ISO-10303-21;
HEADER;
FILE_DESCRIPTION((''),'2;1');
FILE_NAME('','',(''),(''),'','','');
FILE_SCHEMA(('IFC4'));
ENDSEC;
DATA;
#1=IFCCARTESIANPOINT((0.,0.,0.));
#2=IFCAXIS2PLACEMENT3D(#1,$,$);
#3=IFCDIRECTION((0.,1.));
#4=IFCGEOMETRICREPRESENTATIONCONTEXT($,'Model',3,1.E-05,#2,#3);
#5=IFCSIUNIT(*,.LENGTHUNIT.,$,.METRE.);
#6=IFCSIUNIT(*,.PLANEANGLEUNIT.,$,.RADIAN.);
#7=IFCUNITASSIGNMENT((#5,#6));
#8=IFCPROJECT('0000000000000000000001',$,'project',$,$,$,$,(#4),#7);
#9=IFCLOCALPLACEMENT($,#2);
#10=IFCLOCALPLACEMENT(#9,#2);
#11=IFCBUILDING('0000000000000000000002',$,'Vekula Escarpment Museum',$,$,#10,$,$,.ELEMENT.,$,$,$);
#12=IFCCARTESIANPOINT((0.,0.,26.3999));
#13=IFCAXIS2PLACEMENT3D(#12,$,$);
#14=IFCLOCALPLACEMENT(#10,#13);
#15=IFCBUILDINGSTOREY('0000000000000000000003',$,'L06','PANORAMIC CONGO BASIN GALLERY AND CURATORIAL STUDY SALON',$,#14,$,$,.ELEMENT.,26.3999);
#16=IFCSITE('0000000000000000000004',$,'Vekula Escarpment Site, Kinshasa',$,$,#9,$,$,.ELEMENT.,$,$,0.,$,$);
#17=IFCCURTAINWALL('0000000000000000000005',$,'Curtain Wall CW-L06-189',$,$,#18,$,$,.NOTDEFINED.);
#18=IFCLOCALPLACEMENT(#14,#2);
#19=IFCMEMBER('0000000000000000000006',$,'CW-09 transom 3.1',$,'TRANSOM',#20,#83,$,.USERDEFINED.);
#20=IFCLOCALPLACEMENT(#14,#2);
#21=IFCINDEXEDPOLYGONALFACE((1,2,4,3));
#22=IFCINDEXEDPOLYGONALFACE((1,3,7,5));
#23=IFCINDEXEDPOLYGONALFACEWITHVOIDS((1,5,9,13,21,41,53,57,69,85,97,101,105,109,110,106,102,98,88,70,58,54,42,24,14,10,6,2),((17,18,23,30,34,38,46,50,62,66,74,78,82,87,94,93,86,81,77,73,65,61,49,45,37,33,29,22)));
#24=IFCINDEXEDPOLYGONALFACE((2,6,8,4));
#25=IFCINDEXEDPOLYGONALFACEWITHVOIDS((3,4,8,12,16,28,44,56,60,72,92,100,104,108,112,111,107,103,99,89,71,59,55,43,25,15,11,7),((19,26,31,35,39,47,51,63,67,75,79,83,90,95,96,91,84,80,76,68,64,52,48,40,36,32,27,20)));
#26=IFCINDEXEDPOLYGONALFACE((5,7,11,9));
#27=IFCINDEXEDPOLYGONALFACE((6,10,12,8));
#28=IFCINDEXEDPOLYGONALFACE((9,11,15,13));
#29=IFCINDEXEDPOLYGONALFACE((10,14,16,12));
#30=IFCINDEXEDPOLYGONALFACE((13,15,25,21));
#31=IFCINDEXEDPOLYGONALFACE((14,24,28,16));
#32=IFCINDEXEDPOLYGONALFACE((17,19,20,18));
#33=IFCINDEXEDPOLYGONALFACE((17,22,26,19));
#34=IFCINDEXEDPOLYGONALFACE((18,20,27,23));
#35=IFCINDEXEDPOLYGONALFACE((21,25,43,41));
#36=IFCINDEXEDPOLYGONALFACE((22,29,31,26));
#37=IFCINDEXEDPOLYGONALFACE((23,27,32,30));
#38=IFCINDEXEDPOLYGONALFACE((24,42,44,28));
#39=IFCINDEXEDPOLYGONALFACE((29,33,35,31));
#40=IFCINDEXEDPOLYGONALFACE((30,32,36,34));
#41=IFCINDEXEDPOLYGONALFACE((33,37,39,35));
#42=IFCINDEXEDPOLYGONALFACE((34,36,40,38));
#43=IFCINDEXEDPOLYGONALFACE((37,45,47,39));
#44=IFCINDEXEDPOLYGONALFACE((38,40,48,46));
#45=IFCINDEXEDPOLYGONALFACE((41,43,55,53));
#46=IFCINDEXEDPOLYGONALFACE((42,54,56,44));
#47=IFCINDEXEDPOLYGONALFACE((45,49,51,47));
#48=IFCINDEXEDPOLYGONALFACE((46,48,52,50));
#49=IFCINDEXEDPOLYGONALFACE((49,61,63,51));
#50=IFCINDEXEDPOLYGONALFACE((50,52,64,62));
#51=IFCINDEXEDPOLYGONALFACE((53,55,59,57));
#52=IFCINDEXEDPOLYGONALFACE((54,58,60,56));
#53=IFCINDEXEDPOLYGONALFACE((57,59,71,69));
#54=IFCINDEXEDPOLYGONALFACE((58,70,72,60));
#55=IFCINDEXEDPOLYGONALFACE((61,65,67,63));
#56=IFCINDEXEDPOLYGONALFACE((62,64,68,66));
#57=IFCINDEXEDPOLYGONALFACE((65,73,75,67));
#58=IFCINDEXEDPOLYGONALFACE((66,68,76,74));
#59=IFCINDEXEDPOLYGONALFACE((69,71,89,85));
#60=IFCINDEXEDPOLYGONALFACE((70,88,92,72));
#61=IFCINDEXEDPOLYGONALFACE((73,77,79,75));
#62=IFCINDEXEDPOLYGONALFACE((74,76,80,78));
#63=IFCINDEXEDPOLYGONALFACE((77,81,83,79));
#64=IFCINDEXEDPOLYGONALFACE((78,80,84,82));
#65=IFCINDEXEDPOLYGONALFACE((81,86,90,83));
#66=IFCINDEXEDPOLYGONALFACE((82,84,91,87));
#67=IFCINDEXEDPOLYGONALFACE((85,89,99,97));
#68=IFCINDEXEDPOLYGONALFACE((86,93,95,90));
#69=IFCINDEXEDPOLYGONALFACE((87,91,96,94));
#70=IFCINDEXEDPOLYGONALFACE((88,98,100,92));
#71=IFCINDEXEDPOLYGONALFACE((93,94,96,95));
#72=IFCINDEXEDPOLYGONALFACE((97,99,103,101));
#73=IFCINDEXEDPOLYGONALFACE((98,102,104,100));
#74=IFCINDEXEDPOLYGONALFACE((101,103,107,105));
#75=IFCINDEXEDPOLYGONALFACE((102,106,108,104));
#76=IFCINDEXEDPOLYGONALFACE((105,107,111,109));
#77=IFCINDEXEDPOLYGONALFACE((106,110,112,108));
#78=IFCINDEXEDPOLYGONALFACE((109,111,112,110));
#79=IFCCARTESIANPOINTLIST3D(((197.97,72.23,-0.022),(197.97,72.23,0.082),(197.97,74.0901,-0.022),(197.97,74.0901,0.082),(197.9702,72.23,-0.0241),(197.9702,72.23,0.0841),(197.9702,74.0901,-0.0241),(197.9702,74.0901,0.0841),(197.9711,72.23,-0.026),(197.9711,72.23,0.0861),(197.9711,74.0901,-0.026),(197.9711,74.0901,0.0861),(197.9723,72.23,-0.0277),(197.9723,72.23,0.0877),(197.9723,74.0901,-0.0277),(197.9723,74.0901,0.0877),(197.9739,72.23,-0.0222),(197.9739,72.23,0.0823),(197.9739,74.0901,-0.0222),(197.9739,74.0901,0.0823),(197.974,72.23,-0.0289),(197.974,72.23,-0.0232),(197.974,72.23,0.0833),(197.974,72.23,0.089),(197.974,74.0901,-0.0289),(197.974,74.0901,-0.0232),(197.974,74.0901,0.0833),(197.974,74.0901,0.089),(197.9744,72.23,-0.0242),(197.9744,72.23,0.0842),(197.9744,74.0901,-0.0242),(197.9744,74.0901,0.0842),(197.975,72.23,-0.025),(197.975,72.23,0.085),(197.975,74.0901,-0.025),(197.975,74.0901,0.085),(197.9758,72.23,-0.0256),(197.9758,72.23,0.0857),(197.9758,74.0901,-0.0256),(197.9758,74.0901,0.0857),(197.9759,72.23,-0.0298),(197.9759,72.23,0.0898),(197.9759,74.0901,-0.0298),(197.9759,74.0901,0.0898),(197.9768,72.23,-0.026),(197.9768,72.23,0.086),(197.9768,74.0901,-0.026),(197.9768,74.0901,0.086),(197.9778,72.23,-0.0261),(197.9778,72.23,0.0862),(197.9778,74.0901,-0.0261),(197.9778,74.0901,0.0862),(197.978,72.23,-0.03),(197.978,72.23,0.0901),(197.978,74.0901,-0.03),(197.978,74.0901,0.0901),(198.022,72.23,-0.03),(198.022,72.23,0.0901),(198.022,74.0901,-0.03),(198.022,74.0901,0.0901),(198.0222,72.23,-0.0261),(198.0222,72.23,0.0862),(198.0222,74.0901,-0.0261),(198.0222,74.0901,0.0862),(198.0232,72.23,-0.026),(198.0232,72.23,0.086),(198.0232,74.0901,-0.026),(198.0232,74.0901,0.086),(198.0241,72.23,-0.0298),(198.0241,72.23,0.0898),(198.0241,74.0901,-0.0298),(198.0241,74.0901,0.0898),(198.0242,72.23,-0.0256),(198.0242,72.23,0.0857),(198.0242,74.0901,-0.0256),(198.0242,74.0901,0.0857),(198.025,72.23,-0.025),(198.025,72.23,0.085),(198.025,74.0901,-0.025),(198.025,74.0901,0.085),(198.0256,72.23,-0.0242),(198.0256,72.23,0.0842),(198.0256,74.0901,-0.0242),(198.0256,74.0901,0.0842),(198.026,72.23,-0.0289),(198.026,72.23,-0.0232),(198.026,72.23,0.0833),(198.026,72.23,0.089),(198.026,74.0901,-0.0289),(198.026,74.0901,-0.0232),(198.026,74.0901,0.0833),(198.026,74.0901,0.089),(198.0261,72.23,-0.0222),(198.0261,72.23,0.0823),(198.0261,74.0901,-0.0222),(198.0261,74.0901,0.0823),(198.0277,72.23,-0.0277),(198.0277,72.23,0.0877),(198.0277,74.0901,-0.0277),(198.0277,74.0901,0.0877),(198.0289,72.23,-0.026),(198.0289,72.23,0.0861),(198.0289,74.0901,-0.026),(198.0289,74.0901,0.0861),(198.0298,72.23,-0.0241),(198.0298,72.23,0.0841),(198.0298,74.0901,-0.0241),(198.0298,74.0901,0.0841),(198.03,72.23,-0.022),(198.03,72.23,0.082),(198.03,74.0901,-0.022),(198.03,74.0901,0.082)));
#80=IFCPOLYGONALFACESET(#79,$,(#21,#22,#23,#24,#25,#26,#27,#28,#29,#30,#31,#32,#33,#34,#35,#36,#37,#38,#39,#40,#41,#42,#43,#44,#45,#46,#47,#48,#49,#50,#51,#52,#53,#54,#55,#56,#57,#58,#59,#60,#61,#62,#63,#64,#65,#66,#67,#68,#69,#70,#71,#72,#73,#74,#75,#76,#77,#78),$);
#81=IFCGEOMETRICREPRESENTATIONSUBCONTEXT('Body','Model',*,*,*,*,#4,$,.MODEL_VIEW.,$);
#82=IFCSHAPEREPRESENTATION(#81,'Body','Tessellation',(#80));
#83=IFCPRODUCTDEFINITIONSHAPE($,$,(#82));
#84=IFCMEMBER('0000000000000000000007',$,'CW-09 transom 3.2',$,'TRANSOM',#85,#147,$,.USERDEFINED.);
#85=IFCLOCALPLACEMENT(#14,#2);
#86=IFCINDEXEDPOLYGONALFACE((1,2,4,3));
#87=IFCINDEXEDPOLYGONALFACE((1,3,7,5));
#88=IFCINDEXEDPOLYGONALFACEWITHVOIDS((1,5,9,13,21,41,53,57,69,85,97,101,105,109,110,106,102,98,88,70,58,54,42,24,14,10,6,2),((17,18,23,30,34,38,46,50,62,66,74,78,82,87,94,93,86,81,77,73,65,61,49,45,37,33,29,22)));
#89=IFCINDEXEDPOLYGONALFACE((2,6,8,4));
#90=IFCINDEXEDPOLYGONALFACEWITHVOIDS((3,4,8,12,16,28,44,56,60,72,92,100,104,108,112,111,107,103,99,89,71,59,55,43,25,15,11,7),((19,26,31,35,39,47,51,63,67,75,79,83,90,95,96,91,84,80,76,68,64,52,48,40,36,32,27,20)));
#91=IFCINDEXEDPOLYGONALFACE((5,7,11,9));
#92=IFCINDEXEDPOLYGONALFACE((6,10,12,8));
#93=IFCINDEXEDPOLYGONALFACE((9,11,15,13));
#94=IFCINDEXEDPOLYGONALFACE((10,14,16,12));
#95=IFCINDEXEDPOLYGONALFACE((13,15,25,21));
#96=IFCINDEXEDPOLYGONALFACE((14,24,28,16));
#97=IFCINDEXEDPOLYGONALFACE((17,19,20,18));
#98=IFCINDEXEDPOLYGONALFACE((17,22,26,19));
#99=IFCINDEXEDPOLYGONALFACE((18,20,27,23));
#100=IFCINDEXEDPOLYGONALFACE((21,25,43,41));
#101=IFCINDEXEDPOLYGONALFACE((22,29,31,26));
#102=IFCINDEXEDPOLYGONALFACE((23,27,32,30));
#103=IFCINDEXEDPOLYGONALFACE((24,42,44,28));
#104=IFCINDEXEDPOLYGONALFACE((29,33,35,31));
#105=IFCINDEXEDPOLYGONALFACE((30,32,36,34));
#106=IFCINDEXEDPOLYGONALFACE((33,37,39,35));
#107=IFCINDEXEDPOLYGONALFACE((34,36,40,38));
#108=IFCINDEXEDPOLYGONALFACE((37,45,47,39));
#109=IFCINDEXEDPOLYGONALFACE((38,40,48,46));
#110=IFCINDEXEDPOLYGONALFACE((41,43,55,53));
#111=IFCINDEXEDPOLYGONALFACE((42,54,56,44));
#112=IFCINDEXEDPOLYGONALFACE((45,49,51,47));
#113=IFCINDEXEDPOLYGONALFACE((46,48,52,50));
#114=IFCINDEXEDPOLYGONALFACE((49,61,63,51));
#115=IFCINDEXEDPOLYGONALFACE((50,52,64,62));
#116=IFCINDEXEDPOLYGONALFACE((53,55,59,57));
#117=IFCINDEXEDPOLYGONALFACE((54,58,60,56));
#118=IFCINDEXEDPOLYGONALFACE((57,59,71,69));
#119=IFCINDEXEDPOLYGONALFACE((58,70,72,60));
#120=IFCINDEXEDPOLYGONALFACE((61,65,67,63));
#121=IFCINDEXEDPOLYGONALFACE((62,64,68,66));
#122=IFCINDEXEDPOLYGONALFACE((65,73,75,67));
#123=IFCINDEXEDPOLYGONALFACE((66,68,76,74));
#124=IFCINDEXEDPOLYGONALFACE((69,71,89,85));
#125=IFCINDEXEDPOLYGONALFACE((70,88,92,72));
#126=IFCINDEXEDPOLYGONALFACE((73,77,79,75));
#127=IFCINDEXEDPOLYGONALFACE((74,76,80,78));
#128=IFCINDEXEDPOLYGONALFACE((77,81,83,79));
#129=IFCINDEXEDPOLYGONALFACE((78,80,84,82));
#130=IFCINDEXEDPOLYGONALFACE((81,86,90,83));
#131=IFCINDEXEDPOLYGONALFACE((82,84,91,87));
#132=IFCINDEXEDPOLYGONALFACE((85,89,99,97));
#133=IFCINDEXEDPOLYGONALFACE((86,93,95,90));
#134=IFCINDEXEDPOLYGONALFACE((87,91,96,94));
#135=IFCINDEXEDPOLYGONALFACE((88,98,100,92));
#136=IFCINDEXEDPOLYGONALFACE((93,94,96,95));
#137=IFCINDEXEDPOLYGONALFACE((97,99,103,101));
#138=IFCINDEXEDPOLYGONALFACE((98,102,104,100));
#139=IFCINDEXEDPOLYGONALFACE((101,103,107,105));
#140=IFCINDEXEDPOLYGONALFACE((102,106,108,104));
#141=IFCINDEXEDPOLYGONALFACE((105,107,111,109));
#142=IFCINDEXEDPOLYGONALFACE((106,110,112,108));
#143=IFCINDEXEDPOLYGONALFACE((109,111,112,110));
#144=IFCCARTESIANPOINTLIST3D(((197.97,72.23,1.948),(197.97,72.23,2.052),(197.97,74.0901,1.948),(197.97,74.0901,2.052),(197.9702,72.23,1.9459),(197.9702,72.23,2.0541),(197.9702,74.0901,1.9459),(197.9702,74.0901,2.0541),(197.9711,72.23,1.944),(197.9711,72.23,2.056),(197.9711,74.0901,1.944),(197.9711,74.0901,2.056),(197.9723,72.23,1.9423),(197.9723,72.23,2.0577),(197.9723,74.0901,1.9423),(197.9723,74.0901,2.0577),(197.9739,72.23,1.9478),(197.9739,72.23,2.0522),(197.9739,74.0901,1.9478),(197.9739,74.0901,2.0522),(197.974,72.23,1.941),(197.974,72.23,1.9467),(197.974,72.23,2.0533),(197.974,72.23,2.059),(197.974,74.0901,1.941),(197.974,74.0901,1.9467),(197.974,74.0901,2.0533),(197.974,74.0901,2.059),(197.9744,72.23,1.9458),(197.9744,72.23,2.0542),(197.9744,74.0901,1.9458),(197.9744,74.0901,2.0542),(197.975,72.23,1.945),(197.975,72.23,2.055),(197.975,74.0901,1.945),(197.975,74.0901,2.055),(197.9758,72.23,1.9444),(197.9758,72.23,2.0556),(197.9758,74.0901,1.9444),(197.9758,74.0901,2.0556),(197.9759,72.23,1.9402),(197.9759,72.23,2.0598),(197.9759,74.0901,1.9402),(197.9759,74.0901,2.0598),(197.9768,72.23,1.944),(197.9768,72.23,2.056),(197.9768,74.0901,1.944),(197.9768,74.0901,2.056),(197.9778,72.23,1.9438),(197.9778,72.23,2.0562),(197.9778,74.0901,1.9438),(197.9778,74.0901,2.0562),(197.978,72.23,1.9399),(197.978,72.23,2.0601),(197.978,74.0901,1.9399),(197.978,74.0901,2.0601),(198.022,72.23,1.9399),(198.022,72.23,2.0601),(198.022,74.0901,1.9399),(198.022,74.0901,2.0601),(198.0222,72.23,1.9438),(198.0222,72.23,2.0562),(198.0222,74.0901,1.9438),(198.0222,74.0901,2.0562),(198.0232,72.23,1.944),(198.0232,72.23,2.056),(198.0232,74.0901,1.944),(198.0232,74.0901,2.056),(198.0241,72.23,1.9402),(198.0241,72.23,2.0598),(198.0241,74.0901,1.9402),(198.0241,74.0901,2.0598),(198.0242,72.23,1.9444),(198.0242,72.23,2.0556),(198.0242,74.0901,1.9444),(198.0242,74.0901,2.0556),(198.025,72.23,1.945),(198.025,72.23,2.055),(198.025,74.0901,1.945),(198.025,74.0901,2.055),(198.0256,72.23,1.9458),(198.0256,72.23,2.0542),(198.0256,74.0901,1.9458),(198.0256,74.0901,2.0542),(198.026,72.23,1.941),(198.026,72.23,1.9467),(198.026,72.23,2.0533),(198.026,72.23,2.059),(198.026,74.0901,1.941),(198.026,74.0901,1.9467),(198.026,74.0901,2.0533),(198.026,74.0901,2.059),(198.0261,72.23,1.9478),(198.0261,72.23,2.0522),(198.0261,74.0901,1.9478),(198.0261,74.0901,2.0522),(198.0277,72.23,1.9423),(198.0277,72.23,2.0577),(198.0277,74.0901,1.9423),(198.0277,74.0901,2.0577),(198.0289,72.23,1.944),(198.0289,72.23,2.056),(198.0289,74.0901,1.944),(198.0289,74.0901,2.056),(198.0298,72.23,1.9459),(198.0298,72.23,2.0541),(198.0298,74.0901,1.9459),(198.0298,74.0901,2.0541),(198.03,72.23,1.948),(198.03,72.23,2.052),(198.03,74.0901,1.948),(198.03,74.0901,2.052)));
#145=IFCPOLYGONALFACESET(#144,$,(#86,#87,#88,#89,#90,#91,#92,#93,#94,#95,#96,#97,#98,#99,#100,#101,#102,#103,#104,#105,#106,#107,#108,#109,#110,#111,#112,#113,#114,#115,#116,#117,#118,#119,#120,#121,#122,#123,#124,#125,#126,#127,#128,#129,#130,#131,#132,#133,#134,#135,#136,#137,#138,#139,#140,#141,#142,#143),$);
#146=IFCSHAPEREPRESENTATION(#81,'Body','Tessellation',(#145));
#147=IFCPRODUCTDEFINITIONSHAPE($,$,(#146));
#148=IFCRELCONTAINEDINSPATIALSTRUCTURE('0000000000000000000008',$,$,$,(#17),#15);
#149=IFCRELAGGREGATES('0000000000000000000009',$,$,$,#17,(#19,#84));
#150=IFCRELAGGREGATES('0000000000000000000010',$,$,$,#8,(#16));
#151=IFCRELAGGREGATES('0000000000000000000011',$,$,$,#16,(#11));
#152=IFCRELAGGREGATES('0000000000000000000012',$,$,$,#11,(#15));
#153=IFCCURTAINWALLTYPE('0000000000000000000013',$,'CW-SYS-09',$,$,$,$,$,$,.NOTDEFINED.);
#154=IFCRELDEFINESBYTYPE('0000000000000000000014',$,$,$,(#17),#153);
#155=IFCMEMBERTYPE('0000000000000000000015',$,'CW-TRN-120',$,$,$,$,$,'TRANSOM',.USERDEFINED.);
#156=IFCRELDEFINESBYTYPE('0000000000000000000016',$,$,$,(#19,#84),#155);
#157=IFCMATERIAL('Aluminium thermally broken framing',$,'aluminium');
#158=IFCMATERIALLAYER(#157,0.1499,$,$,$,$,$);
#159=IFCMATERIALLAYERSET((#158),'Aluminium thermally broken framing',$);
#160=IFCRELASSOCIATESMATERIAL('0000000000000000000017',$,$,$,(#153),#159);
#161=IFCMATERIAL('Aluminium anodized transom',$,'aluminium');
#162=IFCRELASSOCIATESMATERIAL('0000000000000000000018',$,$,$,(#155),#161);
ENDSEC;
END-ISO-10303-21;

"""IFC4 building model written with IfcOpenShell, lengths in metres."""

from ifc_helpers import new_model, si_unit, direction, frame, origin, origin_2d, place, context, subcontext, project, spatial, hollow_rectangle, extrude, material, layer, layer_set, material_profile, profile_set, type_object, element, aggregate, save


model = new_model("IFC4")

# Units and contexts
model_context = context("Model", 3, precision=1e-05, world=origin(), true_north=direction((0.0, 1.0)))
body_context = subcontext(model_context, "Body", "Model", "MODEL_VIEW")
ifc_project = project(units=[si_unit("LENGTHUNIT", "METRE"), si_unit("PLANEANGLEUNIT", "RADIAN")], contexts=[model_context])

# Site, building, storey
site_placement = place(None, origin())
site = spatial("IfcSite", under=ifc_project, at=site_placement, Name="Vekula Escarpment Site, Kinshasa", CompositionType="ELEMENT", RefElevation=0.0)
building_placement = place(site_placement, origin())
building = spatial("IfcBuilding", under=site, at=building_placement, Name="Vekula Escarpment Museum", CompositionType="ELEMENT")
storey_placement = place(building_placement, frame((0.0, 0.0, 26.3999)))
storey = spatial("IfcBuildingStorey", under=building, at=storey_placement, Name="L06", Description="PANORAMIC CONGO BASIN GALLERY AND CURATORIAL STUDY SALON", CompositionType="ELEMENT", Elevation=26.3999)

# Curtain wall, members
ifc_material_1 = material(Name="Aluminium thermally broken framing", Category="aluminium")
ifc_layer_1 = layer(ifc_material_1, 0.1499)
ifc_layer_set_1 = layer_set([ifc_layer_1], Name="Aluminium thermally broken framing")
curtain_wall_type = type_object("IfcCurtainWallType", Name="CW-SYS-09", PredefinedType="NOTDEFINED", material=ifc_layer_set_1)
curtain_wall_placement = place(storey_placement, origin())
curtain_wall = element("IfcCurtainWall", 1, at=curtain_wall_placement, inside=storey, type_object=curtain_wall_type, Name="Curtain Wall CW-L06-189", PredefinedType="NOTDEFINED")
ifc_material_2 = material(Name="Aluminium anodized transom", Category="aluminium")
ifc_material_profile_1 = material_profile(ifc_material_2, hollow_rectangle(XDim=0.0601, YDim=0.1201, WallThickness=0.0039, InnerFilletRadius=0.0039, OuterFilletRadius=0.0081, at=origin_2d()), Name="ALU 120x60x4")
ifc_profile_set_1 = profile_set([ifc_material_profile_1], Name="Aluminium anodized transom")
member_type_1 = type_object("IfcMemberType", Name="CW-TRN-120", ElementType="TRANSOM", PredefinedType="USERDEFINED", material=ifc_profile_set_1)
member_1_placement = place(storey_placement, frame((198.0, 72.23, 0.03), z_axis=(0.0, 1.0, 0.0), x_axis=(-1.0, 0.0, 0.0)))
member_1 = element("IfcMember", 2, at=member_1_placement, type_object=member_type_1, Name="CW-09 transom 3.1", ObjectType="TRANSOM", PredefinedType="USERDEFINED", context=body_context, shape_type="SweptSolid", body=[
    extrude(hollow_rectangle(XDim=0.0601, YDim=0.1201, WallThickness=0.0039, InnerFilletRadius=0.0039, OuterFilletRadius=0.0081, at=origin_2d()), origin(), (0.0, 0.0, 1.0), 1.8601),
])
member_2_placement = place(storey_placement, frame((198.0, 72.23, 2.0), z_axis=(0.0, 1.0, 0.0), x_axis=(-1.0, 0.0, 0.0)))
member_2 = element("IfcMember", 3, at=member_2_placement, type_object=member_type_1, Name="CW-09 transom 3.2", ObjectType="TRANSOM", PredefinedType="USERDEFINED", context=body_context, shape_type="SweptSolid", body=[
    extrude(hollow_rectangle(XDim=0.0601, YDim=0.1201, WallThickness=0.0039, InnerFilletRadius=0.0039, OuterFilletRadius=0.0081, at=origin_2d()), origin(), (0.0, 0.0, 1.0), 1.8601),
])

aggregate(curtain_wall, [member_1, member_2])

save(model, "model.ifc")
